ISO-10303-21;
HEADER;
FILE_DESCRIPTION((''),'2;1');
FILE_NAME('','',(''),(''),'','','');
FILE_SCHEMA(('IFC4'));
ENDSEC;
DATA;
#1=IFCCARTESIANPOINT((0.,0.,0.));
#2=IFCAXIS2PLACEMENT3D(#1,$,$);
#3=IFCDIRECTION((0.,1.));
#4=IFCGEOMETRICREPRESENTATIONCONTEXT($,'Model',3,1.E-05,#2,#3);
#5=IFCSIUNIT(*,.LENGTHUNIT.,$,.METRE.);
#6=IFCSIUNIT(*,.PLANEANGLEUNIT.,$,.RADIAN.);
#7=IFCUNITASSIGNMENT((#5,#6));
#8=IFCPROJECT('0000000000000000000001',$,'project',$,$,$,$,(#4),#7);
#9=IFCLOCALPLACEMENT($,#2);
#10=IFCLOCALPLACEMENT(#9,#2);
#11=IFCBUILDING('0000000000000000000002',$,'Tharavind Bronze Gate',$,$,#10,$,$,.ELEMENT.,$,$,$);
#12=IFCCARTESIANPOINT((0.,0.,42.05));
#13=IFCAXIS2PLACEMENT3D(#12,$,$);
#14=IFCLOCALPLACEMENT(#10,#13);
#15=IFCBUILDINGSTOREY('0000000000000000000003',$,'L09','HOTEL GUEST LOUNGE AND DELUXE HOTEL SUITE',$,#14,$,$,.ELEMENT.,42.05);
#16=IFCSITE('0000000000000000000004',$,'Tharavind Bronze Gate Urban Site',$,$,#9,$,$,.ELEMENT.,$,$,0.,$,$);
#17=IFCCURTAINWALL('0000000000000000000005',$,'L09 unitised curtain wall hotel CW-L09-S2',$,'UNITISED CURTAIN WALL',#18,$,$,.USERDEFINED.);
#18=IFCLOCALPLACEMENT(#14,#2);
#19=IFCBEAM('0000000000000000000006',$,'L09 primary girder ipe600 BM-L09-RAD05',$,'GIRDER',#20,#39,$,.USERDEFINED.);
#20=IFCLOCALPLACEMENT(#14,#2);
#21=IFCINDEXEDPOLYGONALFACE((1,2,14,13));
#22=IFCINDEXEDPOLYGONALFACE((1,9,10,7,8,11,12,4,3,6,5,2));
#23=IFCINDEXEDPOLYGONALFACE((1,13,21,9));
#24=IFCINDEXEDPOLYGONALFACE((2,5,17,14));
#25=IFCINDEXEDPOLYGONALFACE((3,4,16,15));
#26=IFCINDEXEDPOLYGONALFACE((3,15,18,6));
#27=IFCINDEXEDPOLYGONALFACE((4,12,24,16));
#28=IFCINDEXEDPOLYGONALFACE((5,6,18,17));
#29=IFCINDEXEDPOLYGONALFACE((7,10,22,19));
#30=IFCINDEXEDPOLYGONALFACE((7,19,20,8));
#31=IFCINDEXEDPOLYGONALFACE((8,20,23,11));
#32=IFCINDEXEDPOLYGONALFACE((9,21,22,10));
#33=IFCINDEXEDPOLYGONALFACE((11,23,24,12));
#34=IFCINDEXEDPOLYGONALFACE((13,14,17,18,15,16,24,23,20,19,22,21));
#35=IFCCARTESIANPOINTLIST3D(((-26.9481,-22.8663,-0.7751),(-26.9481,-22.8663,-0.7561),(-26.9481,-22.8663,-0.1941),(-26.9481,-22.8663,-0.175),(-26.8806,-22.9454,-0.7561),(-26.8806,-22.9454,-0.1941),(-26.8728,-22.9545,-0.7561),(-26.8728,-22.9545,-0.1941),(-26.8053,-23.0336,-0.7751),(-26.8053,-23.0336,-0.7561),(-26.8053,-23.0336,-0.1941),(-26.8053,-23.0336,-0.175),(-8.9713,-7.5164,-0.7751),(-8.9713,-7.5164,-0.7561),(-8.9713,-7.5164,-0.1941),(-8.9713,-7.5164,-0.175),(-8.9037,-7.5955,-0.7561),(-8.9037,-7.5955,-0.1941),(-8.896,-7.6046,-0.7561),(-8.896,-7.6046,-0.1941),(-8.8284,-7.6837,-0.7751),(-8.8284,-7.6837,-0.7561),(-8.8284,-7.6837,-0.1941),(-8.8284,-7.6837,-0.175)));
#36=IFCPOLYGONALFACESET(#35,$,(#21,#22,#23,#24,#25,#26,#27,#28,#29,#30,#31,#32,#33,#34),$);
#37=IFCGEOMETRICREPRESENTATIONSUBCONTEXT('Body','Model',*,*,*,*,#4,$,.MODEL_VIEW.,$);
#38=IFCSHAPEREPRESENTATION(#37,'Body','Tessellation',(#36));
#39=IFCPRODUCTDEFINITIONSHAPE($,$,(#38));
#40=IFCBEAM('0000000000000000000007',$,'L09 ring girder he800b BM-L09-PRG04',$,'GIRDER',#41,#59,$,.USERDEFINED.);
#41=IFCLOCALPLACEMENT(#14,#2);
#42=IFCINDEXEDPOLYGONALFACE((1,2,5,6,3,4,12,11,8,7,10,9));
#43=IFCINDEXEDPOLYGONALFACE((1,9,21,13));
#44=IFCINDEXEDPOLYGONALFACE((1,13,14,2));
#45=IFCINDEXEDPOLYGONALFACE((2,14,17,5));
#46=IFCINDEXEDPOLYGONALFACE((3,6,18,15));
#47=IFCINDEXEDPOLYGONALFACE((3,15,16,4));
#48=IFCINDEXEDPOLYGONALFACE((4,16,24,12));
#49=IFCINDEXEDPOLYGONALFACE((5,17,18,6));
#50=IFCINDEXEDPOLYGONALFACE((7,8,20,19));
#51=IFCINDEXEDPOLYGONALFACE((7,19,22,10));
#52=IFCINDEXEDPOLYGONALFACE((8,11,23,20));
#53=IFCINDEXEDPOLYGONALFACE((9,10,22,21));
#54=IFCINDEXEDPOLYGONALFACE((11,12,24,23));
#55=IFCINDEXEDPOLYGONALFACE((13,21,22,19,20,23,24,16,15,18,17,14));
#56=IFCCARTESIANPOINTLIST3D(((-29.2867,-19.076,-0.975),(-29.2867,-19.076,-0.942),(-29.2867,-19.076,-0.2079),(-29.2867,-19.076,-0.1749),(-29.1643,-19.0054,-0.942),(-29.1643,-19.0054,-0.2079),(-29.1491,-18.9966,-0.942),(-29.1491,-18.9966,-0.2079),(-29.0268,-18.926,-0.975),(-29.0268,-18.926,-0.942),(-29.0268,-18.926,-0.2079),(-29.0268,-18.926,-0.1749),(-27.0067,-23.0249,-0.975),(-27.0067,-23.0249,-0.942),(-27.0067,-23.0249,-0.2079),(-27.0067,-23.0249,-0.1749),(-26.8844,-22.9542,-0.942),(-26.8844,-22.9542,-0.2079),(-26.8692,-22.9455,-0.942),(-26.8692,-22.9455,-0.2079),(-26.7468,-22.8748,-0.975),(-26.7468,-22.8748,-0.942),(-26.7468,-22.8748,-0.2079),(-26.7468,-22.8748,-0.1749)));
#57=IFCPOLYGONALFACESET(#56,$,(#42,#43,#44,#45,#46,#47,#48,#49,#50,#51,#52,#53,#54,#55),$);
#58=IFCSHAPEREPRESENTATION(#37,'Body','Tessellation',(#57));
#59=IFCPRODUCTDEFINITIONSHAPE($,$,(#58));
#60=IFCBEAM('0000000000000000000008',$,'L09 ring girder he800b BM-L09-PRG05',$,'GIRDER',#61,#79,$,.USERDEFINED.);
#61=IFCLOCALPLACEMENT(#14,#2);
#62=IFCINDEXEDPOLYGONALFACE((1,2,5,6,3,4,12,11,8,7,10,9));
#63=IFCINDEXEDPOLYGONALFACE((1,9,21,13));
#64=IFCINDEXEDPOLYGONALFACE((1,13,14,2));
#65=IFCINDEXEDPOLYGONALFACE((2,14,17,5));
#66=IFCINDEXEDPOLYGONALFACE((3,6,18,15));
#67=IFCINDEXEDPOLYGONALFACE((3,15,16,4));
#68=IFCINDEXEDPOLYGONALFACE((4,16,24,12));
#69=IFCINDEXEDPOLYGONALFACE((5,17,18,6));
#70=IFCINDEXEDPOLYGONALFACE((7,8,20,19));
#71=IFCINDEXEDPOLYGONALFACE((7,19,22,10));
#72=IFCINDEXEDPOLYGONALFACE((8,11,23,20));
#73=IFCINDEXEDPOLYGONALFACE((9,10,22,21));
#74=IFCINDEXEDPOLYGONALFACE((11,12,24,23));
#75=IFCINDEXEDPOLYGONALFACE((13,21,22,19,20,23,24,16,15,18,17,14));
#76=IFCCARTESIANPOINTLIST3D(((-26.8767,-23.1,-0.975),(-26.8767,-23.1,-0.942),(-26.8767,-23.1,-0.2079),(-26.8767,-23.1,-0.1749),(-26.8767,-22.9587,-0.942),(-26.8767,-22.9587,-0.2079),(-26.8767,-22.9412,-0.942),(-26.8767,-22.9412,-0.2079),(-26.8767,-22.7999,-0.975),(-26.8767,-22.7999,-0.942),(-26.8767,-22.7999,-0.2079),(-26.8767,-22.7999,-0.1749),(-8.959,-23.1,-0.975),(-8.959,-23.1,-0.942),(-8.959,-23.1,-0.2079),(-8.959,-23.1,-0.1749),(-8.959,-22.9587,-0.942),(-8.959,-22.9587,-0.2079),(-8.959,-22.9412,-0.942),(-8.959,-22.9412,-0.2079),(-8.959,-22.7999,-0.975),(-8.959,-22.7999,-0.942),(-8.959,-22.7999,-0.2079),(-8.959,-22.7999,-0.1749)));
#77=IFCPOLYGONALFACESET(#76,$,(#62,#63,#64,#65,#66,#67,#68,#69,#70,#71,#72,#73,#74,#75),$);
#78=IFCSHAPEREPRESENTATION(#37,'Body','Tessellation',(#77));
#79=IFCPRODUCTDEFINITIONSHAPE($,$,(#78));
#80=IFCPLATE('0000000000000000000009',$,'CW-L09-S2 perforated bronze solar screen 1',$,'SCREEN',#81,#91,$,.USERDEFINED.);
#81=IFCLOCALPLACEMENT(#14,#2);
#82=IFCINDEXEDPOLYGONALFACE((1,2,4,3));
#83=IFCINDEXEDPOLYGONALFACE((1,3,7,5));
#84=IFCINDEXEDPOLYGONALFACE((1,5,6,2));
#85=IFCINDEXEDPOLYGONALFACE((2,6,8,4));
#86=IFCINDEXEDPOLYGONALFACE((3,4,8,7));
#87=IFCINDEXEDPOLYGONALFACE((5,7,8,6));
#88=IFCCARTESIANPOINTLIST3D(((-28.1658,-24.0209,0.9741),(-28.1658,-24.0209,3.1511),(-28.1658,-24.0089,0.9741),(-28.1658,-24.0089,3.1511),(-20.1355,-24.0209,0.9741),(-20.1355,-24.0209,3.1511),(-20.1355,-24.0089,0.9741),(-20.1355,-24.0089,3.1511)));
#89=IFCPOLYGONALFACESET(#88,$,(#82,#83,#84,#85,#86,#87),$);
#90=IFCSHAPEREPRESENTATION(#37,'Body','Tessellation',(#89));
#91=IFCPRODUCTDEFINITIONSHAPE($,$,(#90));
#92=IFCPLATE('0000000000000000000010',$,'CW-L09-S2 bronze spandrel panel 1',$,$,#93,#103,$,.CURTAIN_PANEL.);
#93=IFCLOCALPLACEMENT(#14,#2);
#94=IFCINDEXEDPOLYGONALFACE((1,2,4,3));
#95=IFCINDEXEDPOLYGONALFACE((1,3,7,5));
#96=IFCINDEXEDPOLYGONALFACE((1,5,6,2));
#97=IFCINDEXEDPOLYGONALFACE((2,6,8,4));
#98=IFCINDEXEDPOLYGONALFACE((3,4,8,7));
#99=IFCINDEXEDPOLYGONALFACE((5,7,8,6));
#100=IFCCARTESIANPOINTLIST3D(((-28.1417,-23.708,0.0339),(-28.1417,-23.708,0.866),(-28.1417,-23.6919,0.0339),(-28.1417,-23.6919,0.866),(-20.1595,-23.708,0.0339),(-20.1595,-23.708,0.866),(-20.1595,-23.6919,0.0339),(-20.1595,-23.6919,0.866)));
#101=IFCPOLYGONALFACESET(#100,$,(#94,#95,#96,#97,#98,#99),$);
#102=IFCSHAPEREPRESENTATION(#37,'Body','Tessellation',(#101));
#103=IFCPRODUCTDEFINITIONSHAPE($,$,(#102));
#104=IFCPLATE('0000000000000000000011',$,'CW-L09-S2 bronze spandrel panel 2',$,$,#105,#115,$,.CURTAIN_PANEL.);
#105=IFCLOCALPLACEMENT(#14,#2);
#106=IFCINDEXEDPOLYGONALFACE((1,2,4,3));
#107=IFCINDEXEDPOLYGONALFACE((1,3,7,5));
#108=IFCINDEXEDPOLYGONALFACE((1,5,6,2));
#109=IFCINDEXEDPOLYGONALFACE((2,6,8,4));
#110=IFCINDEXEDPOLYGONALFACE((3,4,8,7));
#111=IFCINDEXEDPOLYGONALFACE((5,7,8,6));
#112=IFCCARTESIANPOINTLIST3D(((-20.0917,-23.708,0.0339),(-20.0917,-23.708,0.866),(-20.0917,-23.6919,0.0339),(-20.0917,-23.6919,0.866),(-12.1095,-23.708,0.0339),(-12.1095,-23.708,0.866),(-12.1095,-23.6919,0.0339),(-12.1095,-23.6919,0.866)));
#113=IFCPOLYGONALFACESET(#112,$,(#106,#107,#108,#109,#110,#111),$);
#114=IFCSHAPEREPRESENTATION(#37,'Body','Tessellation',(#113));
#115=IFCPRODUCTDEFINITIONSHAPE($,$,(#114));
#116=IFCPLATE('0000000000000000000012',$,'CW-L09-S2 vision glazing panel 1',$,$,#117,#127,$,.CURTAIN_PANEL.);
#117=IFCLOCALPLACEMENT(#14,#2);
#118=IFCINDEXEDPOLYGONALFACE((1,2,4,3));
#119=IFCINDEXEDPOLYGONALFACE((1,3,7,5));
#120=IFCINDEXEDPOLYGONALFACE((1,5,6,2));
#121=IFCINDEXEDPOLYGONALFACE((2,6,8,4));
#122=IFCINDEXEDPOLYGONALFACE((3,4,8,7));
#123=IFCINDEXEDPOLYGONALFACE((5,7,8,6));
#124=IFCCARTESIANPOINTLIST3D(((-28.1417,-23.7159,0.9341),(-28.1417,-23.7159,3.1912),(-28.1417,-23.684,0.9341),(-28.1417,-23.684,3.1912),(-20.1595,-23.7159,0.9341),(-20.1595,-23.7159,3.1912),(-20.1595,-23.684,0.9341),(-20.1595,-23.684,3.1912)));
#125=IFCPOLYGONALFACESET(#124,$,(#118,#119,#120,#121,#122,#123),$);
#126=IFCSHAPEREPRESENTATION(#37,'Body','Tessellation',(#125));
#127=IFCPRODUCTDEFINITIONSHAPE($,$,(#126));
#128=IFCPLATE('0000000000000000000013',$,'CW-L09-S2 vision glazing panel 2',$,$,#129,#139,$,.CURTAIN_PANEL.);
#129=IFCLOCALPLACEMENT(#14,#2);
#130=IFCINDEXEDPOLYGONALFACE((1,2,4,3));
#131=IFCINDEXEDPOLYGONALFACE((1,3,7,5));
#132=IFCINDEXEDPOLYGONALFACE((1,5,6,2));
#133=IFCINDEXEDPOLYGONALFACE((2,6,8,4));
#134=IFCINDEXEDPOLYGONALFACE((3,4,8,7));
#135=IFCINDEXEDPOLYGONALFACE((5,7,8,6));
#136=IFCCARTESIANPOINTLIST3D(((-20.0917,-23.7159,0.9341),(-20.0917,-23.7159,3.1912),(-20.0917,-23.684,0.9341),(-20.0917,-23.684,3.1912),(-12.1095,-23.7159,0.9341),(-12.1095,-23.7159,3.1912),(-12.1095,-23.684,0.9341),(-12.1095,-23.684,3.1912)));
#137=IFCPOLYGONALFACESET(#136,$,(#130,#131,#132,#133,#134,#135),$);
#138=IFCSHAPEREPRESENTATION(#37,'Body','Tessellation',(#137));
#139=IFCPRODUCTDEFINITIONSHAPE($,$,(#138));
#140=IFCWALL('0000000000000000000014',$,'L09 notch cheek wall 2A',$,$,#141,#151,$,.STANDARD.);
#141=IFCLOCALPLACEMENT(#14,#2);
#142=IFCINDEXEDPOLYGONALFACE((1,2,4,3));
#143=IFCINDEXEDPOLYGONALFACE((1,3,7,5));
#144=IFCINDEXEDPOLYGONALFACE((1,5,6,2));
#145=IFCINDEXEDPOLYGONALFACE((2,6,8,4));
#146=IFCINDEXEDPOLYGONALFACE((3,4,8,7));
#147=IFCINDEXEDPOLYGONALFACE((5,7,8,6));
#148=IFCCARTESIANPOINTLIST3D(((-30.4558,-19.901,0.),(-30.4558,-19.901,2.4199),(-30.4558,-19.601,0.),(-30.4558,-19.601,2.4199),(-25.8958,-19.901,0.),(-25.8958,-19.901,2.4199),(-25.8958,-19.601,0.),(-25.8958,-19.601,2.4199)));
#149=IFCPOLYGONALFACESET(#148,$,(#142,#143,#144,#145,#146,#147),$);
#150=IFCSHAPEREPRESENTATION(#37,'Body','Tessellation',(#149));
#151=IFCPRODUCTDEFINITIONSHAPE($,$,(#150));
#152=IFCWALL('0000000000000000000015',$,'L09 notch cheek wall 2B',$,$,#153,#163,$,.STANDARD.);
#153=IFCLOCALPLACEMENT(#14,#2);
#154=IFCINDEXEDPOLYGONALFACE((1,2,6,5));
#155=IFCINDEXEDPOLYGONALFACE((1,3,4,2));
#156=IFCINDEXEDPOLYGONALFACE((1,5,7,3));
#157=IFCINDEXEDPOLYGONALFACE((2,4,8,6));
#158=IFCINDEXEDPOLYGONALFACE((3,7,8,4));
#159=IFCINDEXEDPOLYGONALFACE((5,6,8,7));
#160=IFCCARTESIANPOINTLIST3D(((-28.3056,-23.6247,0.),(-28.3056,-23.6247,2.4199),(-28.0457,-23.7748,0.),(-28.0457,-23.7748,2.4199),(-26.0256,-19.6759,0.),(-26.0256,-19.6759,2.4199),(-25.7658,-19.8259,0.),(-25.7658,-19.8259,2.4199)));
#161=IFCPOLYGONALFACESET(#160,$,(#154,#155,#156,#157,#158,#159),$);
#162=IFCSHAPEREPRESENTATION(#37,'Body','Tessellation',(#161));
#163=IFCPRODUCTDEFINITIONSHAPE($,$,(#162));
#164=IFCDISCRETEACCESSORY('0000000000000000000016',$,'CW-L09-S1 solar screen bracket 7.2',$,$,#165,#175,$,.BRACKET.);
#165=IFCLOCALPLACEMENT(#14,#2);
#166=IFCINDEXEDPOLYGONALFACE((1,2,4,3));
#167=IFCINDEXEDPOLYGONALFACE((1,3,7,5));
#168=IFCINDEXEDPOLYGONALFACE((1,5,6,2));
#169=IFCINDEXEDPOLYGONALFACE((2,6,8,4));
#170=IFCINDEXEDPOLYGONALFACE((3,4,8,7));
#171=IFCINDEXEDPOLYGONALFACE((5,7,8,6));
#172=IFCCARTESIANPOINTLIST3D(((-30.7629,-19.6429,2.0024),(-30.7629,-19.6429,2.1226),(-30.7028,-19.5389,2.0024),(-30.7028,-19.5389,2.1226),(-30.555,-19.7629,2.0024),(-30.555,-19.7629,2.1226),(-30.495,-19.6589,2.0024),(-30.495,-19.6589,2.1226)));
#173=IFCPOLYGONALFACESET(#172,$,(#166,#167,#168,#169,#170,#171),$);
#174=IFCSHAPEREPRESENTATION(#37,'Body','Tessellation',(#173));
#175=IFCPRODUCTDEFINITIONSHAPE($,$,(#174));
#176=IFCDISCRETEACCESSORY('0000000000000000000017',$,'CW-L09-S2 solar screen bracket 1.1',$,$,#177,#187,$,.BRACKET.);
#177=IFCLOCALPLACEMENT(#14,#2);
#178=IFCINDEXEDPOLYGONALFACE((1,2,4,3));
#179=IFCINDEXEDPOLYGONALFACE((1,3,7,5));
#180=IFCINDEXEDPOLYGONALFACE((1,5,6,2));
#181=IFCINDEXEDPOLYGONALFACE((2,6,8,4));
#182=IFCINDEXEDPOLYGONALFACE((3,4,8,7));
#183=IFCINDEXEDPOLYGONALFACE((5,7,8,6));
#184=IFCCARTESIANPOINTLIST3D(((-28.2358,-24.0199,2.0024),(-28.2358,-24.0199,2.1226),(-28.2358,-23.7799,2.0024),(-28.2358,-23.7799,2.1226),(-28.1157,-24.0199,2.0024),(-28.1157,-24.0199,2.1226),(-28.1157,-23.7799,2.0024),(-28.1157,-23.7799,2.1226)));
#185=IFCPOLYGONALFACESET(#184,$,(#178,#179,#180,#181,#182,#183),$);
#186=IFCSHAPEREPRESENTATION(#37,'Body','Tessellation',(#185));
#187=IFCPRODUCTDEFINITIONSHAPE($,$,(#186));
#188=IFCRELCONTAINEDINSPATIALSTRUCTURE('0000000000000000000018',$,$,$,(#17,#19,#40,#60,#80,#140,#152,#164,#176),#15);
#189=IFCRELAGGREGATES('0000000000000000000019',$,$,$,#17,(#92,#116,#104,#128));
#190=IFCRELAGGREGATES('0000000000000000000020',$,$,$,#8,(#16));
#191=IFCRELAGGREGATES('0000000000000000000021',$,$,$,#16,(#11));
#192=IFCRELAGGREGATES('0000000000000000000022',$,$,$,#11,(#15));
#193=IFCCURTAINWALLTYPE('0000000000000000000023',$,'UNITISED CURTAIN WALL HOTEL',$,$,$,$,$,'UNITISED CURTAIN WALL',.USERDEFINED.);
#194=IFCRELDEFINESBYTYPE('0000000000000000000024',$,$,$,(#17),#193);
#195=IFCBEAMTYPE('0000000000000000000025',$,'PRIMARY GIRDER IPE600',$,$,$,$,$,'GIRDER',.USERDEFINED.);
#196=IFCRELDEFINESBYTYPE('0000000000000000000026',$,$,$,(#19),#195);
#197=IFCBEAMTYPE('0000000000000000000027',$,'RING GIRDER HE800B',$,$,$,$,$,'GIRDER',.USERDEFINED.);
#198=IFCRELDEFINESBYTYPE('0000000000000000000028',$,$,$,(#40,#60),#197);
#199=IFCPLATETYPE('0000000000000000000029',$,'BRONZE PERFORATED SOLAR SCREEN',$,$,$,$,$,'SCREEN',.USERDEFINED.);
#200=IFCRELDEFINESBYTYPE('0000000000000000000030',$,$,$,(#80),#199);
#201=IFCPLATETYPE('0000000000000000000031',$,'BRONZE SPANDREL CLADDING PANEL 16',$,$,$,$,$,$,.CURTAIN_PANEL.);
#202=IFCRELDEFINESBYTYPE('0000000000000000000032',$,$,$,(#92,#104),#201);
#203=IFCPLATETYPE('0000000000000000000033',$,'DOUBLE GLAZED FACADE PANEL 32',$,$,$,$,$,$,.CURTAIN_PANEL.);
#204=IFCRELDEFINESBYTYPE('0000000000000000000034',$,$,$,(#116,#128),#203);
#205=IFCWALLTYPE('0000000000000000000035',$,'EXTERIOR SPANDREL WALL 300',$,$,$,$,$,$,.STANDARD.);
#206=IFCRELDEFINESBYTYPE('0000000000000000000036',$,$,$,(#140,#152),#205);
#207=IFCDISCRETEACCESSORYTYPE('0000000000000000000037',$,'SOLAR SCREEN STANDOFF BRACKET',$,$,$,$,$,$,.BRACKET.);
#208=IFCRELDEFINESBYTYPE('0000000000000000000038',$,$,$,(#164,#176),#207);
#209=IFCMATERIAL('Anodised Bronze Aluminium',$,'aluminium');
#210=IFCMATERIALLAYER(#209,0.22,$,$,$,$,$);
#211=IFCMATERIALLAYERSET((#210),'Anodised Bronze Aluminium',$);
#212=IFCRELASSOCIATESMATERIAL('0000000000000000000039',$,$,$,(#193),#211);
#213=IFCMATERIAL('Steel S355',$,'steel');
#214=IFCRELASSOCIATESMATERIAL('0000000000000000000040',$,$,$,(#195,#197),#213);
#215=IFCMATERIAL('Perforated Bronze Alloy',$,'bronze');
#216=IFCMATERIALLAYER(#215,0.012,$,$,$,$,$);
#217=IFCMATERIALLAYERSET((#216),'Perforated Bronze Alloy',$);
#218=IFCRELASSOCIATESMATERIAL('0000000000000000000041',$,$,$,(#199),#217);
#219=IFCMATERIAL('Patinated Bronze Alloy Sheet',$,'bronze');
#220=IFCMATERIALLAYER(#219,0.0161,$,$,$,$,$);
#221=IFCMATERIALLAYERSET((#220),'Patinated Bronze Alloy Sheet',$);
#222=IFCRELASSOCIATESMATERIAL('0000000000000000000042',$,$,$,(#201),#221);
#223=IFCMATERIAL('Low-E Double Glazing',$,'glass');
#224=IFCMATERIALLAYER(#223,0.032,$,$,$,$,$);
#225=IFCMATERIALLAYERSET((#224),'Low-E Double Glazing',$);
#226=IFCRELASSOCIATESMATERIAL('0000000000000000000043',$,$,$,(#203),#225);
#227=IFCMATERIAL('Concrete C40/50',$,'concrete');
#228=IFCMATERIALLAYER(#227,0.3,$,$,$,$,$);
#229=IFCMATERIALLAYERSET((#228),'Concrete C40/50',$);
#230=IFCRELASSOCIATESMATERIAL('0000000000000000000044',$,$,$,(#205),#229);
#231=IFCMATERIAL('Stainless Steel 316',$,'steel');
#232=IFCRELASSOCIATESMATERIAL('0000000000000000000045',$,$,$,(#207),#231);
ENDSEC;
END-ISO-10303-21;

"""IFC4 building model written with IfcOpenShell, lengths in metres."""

from ifc_helpers import new_model, si_unit, direction, frame, frame_2d, origin, origin_2d, place, context, subcontext, project, spatial, rectangle, i_section, extrude, material, layer, layer_set, material_profile, profile_set, type_object, element, aggregate, save


model = new_model("IFC4")

# Units and contexts
model_context = context("Model", 3, precision=1e-05, world=origin(), true_north=direction((0.0, 1.0)))
body_context = subcontext(model_context, "Body", "Model", "MODEL_VIEW")
ifc_project = project(units=[si_unit("LENGTHUNIT", "METRE"), si_unit("PLANEANGLEUNIT", "RADIAN")], contexts=[model_context])

# Site, building, storey
site_placement = place(None, origin())
site = spatial("IfcSite", under=ifc_project, at=site_placement, Name="Tharavind Bronze Gate Urban Site", CompositionType="ELEMENT", RefElevation=0.0)
building_placement = place(site_placement, origin())
building = spatial("IfcBuilding", under=site, at=building_placement, Name="Tharavind Bronze Gate", CompositionType="ELEMENT")
storey_placement = place(building_placement, frame((0.0, 0.0, 42.05)))
storey = spatial("IfcBuildingStorey", under=building, at=storey_placement, Name="L09", Description="HOTEL GUEST LOUNGE AND DELUXE HOTEL SUITE", CompositionType="ELEMENT", Elevation=42.05)

# Shared definitions
ifc_material_1 = material(Name="Anodised Bronze Aluminium", Category="aluminium")
ifc_layer_1 = layer(ifc_material_1, 0.22)
ifc_layer_set_1 = layer_set([ifc_layer_1], Name="Anodised Bronze Aluminium")
curtain_wall_type = type_object("IfcCurtainWallType", Name="UNITISED CURTAIN WALL HOTEL", ElementType="UNITISED CURTAIN WALL", PredefinedType="USERDEFINED", material=ifc_layer_set_1)

# Curtain wall
curtain_wall_1_placement = place(storey_placement, origin())
curtain_wall_1 = element("IfcCurtainWall", 1, at=curtain_wall_1_placement, inside=storey, type_object=curtain_wall_type, Name="L09 unitised curtain wall hotel CW-L09-S2", ObjectType="UNITISED CURTAIN WALL", PredefinedType="USERDEFINED")

# Beams
ifc_material_2 = material(Name="Steel S355", Category="steel")
ifc_material_profile_1 = material_profile(ifc_material_2, i_section(OverallWidth=0.22, OverallDepth=0.6001, WebThickness=0.012, FlangeThickness=0.019, at=origin_2d()), Name="IPE600")
ifc_profile_set_1 = profile_set([ifc_material_profile_1], Name="Steel S355")
beam_type_1 = type_object("IfcBeamType", Name="PRIMARY GIRDER IPE600", ElementType="GIRDER", PredefinedType="USERDEFINED", material=ifc_profile_set_1)
beam_1_placement = place(storey_placement, frame((-26.8767, -22.95, -0.4751), z_axis=(0.760485, 0.649355, 0.0), x_axis=(-0.649355, 0.760485, 0.0)))
element("IfcBeam", 2, at=beam_1_placement, inside=storey, type_object=beam_type_1, Name="L09 primary girder ipe600 BM-L09-RAD05", ObjectType="GIRDER", PredefinedType="USERDEFINED", context=body_context, shape_type="SweptSolid", body=[
    extrude(i_section(OverallWidth=0.22, OverallDepth=0.6001, WebThickness=0.012, FlangeThickness=0.019, at=origin_2d()), origin(), (0.0, 0.0, 1.0), 23.6387),
])
ifc_material_profile_2 = material_profile(ifc_material_2, i_section(OverallWidth=0.3, OverallDepth=0.8, WebThickness=0.0176, FlangeThickness=0.033, at=origin_2d()), Name="HE800B")
ifc_profile_set_2 = profile_set([ifc_material_profile_2], Name="Steel S355")
beam_type_2 = type_object("IfcBeamType", Name="RING GIRDER HE800B", ElementType="GIRDER", PredefinedType="USERDEFINED", material=ifc_profile_set_2)
beam_2_placement = place(storey_placement, frame((-29.1567, -19.001, -0.575), z_axis=(0.500014, -0.866017, 0.0), x_axis=(0.866017, 0.500014, 0.0)))
element("IfcBeam", 3, at=beam_2_placement, inside=storey, type_object=beam_type_2, Name="L09 ring girder he800b BM-L09-PRG04", ObjectType="GIRDER", PredefinedType="USERDEFINED", context=body_context, shape_type="SweptSolid", body=[
    extrude(i_section(OverallWidth=0.3, OverallDepth=0.8, WebThickness=0.0176, FlangeThickness=0.033, at=origin_2d()), origin(), (0.0, 0.0, 1.0), 4.5598),
])
beam_3_placement = place(storey_placement, frame((-26.8767, -22.95, -0.575), z_axis=(1.0, 0.0, 0.0), x_axis=(0.0, 1.0, 0.0)))
element("IfcBeam", 4, at=beam_3_placement, inside=storey, type_object=beam_type_2, Name="L09 ring girder he800b BM-L09-PRG05", ObjectType="GIRDER", PredefinedType="USERDEFINED", context=body_context, shape_type="SweptSolid", body=[
    extrude(i_section(OverallWidth=0.3, OverallDepth=0.8, WebThickness=0.0176, FlangeThickness=0.033, at=origin_2d()), origin(), (0.0, 0.0, 1.0), 17.9177),
])

# Plates
ifc_material_3 = material(Name="Perforated Bronze Alloy", Category="bronze")
ifc_layer_2 = layer(ifc_material_3, 0.012)
ifc_layer_set_2 = layer_set([ifc_layer_2], Name="Perforated Bronze Alloy")
plate_type_1 = type_object("IfcPlateType", Name="BRONZE PERFORATED SOLAR SCREEN", ElementType="SCREEN", PredefinedType="USERDEFINED", material=ifc_layer_set_2)
plate_1_placement = place(storey_placement, frame((-24.1506, -24.0149, 0.9741), z_axis=(0.0, 0.0, 1.0), x_axis=(1.0, 0.0, 0.0)))
element("IfcPlate", 5, at=plate_1_placement, inside=storey, type_object=plate_type_1, Name="CW-L09-S2 perforated bronze solar screen 1", ObjectType="SCREEN", PredefinedType="USERDEFINED", context=body_context, shape_type="SweptSolid", body=[
    extrude(rectangle(XDim=8.0303, YDim=0.012, at=origin_2d()), origin(), (0.0, 0.0, 1.0), 2.177),
])
ifc_material_4 = material(Name="Patinated Bronze Alloy Sheet", Category="bronze")
ifc_layer_3 = layer(ifc_material_4, 0.0161)
ifc_layer_set_3 = layer_set([ifc_layer_3], Name="Patinated Bronze Alloy Sheet")
plate_type_2 = type_object("IfcPlateType", Name="BRONZE SPANDREL CLADDING PANEL 16", PredefinedType="CURTAIN_PANEL", material=ifc_layer_set_3)
plate_2_placement = place(storey_placement, frame((-24.1506, -23.7, 0.0339), z_axis=(0.0, 0.0, 1.0), x_axis=(1.0, 0.0, 0.0)))
plate_2 = element("IfcPlate", 6, at=plate_2_placement, type_object=plate_type_2, Name="CW-L09-S2 bronze spandrel panel 1", PredefinedType="CURTAIN_PANEL", context=body_context, shape_type="SweptSolid", body=[
    extrude(rectangle(XDim=7.9822, YDim=0.0161, at=origin_2d()), origin(), (0.0, 0.0, 1.0), 0.832),
])
plate_3_placement = place(storey_placement, frame((-16.1006, -23.7, 0.0339), z_axis=(0.0, 0.0, 1.0), x_axis=(1.0, 0.0, 0.0)))
plate_3 = element("IfcPlate", 7, at=plate_3_placement, type_object=plate_type_2, Name="CW-L09-S2 bronze spandrel panel 2", PredefinedType="CURTAIN_PANEL", context=body_context, shape_type="SweptSolid", body=[
    extrude(rectangle(XDim=7.9822, YDim=0.0161, at=origin_2d()), origin(), (0.0, 0.0, 1.0), 0.832),
])
ifc_material_5 = material(Name="Low-E Double Glazing", Category="glass")
ifc_layer_4 = layer(ifc_material_5, 0.032)
ifc_layer_set_4 = layer_set([ifc_layer_4], Name="Low-E Double Glazing")
plate_type_3 = type_object("IfcPlateType", Name="DOUBLE GLAZED FACADE PANEL 32", PredefinedType="CURTAIN_PANEL", material=ifc_layer_set_4)
plate_4_placement = place(storey_placement, frame((-24.1506, -23.7, 0.9341), z_axis=(0.0, 0.0, 1.0), x_axis=(1.0, 0.0, 0.0)))
plate_4 = element("IfcPlate", 8, at=plate_4_placement, type_object=plate_type_3, Name="CW-L09-S2 vision glazing panel 1", PredefinedType="CURTAIN_PANEL", context=body_context, shape_type="SweptSolid", body=[
    extrude(rectangle(XDim=7.9822, YDim=0.032, at=origin_2d()), origin(), (0.0, 0.0, 1.0), 2.2571),
])
plate_5_placement = place(storey_placement, frame((-16.1006, -23.7, 0.9341), z_axis=(0.0, 0.0, 1.0), x_axis=(1.0, 0.0, 0.0)))
plate_5 = element("IfcPlate", 9, at=plate_5_placement, type_object=plate_type_3, Name="CW-L09-S2 vision glazing panel 2", PredefinedType="CURTAIN_PANEL", context=body_context, shape_type="SweptSolid", body=[
    extrude(rectangle(XDim=7.9822, YDim=0.032, at=origin_2d()), origin(), (0.0, 0.0, 1.0), 2.2571),
])
aggregate(curtain_wall_1, [plate_2, plate_4, plate_3, plate_5])

# Walls
ifc_material_6 = material(Name="Concrete C40/50", Category="concrete")
ifc_layer_5 = layer(ifc_material_6, 0.3)
ifc_layer_set_5 = layer_set([ifc_layer_5], Name="Concrete C40/50")
wall_type = type_object("IfcWallType", Name="EXTERIOR SPANDREL WALL 300", PredefinedType="STANDARD", material=ifc_layer_set_5)
wall_1_placement = place(storey_placement, frame((-30.4558, -19.751, 0.0), z_axis=(0.0, 0.0, 1.0), x_axis=(1.0, 0.0, 0.0)))
element("IfcWall", 10, at=wall_1_placement, inside=storey, type_object=wall_type, Name="L09 notch cheek wall 2A", PredefinedType="STANDARD", context=body_context, shape_type="SweptSolid", body=[
    extrude(rectangle(XDim=4.5601, YDim=0.3, at=frame_2d((2.28, 0.0))), origin(), (0.0, 0.0, 1.0), 2.4199),
])
wall_2_placement = place(storey_placement, frame((-25.8958, -19.751, 0.0), z_axis=(0.0, 0.0, 1.0), x_axis=(-0.500014, -0.866017, 0.0)))
element("IfcWall", 11, at=wall_2_placement, inside=storey, type_object=wall_type, Name="L09 notch cheek wall 2B", PredefinedType="STANDARD", context=body_context, shape_type="SweptSolid", body=[
    extrude(rectangle(XDim=4.5598, YDim=0.3, at=frame_2d((2.2798, 0.0))), origin(), (0.0, 0.0, 1.0), 2.4199),
])

# Discrete accessories
ifc_material_7 = material(Name="Stainless Steel 316", Category="steel")
discrete_accessory_type = type_object("IfcDiscreteAccessoryType", Name="SOLAR SCREEN STANDOFF BRACKET", PredefinedType="BRACKET", material=ifc_material_7)
for number, where, z_axis, x_axis, name in (
    (12, (-30.6289, -19.6509, 2.0024), (0.0, 0.0, 1.0), (-0.500002, -0.866025, 0.0), "CW-L09-S1 solar screen bracket 7.2"),
    (13, (-28.1758, -23.8999, 2.0024), (0.0, 0.0, 1.0), (1.0, 0.0, 0.0), "CW-L09-S2 solar screen bracket 1.1"),
):
    element("IfcDiscreteAccessory", number, at=place(storey_placement, frame(where, z_axis=z_axis, x_axis=x_axis)), inside=storey, type_object=discrete_accessory_type, Name=name, PredefinedType="BRACKET", context=body_context, shape_type="SweptSolid", body=[
        extrude(rectangle(XDim=0.1201, YDim=0.24, at=origin_2d()), origin(), (0.0, 0.0, 1.0), 0.1201),
    ])

save(model, "model.ifc")
